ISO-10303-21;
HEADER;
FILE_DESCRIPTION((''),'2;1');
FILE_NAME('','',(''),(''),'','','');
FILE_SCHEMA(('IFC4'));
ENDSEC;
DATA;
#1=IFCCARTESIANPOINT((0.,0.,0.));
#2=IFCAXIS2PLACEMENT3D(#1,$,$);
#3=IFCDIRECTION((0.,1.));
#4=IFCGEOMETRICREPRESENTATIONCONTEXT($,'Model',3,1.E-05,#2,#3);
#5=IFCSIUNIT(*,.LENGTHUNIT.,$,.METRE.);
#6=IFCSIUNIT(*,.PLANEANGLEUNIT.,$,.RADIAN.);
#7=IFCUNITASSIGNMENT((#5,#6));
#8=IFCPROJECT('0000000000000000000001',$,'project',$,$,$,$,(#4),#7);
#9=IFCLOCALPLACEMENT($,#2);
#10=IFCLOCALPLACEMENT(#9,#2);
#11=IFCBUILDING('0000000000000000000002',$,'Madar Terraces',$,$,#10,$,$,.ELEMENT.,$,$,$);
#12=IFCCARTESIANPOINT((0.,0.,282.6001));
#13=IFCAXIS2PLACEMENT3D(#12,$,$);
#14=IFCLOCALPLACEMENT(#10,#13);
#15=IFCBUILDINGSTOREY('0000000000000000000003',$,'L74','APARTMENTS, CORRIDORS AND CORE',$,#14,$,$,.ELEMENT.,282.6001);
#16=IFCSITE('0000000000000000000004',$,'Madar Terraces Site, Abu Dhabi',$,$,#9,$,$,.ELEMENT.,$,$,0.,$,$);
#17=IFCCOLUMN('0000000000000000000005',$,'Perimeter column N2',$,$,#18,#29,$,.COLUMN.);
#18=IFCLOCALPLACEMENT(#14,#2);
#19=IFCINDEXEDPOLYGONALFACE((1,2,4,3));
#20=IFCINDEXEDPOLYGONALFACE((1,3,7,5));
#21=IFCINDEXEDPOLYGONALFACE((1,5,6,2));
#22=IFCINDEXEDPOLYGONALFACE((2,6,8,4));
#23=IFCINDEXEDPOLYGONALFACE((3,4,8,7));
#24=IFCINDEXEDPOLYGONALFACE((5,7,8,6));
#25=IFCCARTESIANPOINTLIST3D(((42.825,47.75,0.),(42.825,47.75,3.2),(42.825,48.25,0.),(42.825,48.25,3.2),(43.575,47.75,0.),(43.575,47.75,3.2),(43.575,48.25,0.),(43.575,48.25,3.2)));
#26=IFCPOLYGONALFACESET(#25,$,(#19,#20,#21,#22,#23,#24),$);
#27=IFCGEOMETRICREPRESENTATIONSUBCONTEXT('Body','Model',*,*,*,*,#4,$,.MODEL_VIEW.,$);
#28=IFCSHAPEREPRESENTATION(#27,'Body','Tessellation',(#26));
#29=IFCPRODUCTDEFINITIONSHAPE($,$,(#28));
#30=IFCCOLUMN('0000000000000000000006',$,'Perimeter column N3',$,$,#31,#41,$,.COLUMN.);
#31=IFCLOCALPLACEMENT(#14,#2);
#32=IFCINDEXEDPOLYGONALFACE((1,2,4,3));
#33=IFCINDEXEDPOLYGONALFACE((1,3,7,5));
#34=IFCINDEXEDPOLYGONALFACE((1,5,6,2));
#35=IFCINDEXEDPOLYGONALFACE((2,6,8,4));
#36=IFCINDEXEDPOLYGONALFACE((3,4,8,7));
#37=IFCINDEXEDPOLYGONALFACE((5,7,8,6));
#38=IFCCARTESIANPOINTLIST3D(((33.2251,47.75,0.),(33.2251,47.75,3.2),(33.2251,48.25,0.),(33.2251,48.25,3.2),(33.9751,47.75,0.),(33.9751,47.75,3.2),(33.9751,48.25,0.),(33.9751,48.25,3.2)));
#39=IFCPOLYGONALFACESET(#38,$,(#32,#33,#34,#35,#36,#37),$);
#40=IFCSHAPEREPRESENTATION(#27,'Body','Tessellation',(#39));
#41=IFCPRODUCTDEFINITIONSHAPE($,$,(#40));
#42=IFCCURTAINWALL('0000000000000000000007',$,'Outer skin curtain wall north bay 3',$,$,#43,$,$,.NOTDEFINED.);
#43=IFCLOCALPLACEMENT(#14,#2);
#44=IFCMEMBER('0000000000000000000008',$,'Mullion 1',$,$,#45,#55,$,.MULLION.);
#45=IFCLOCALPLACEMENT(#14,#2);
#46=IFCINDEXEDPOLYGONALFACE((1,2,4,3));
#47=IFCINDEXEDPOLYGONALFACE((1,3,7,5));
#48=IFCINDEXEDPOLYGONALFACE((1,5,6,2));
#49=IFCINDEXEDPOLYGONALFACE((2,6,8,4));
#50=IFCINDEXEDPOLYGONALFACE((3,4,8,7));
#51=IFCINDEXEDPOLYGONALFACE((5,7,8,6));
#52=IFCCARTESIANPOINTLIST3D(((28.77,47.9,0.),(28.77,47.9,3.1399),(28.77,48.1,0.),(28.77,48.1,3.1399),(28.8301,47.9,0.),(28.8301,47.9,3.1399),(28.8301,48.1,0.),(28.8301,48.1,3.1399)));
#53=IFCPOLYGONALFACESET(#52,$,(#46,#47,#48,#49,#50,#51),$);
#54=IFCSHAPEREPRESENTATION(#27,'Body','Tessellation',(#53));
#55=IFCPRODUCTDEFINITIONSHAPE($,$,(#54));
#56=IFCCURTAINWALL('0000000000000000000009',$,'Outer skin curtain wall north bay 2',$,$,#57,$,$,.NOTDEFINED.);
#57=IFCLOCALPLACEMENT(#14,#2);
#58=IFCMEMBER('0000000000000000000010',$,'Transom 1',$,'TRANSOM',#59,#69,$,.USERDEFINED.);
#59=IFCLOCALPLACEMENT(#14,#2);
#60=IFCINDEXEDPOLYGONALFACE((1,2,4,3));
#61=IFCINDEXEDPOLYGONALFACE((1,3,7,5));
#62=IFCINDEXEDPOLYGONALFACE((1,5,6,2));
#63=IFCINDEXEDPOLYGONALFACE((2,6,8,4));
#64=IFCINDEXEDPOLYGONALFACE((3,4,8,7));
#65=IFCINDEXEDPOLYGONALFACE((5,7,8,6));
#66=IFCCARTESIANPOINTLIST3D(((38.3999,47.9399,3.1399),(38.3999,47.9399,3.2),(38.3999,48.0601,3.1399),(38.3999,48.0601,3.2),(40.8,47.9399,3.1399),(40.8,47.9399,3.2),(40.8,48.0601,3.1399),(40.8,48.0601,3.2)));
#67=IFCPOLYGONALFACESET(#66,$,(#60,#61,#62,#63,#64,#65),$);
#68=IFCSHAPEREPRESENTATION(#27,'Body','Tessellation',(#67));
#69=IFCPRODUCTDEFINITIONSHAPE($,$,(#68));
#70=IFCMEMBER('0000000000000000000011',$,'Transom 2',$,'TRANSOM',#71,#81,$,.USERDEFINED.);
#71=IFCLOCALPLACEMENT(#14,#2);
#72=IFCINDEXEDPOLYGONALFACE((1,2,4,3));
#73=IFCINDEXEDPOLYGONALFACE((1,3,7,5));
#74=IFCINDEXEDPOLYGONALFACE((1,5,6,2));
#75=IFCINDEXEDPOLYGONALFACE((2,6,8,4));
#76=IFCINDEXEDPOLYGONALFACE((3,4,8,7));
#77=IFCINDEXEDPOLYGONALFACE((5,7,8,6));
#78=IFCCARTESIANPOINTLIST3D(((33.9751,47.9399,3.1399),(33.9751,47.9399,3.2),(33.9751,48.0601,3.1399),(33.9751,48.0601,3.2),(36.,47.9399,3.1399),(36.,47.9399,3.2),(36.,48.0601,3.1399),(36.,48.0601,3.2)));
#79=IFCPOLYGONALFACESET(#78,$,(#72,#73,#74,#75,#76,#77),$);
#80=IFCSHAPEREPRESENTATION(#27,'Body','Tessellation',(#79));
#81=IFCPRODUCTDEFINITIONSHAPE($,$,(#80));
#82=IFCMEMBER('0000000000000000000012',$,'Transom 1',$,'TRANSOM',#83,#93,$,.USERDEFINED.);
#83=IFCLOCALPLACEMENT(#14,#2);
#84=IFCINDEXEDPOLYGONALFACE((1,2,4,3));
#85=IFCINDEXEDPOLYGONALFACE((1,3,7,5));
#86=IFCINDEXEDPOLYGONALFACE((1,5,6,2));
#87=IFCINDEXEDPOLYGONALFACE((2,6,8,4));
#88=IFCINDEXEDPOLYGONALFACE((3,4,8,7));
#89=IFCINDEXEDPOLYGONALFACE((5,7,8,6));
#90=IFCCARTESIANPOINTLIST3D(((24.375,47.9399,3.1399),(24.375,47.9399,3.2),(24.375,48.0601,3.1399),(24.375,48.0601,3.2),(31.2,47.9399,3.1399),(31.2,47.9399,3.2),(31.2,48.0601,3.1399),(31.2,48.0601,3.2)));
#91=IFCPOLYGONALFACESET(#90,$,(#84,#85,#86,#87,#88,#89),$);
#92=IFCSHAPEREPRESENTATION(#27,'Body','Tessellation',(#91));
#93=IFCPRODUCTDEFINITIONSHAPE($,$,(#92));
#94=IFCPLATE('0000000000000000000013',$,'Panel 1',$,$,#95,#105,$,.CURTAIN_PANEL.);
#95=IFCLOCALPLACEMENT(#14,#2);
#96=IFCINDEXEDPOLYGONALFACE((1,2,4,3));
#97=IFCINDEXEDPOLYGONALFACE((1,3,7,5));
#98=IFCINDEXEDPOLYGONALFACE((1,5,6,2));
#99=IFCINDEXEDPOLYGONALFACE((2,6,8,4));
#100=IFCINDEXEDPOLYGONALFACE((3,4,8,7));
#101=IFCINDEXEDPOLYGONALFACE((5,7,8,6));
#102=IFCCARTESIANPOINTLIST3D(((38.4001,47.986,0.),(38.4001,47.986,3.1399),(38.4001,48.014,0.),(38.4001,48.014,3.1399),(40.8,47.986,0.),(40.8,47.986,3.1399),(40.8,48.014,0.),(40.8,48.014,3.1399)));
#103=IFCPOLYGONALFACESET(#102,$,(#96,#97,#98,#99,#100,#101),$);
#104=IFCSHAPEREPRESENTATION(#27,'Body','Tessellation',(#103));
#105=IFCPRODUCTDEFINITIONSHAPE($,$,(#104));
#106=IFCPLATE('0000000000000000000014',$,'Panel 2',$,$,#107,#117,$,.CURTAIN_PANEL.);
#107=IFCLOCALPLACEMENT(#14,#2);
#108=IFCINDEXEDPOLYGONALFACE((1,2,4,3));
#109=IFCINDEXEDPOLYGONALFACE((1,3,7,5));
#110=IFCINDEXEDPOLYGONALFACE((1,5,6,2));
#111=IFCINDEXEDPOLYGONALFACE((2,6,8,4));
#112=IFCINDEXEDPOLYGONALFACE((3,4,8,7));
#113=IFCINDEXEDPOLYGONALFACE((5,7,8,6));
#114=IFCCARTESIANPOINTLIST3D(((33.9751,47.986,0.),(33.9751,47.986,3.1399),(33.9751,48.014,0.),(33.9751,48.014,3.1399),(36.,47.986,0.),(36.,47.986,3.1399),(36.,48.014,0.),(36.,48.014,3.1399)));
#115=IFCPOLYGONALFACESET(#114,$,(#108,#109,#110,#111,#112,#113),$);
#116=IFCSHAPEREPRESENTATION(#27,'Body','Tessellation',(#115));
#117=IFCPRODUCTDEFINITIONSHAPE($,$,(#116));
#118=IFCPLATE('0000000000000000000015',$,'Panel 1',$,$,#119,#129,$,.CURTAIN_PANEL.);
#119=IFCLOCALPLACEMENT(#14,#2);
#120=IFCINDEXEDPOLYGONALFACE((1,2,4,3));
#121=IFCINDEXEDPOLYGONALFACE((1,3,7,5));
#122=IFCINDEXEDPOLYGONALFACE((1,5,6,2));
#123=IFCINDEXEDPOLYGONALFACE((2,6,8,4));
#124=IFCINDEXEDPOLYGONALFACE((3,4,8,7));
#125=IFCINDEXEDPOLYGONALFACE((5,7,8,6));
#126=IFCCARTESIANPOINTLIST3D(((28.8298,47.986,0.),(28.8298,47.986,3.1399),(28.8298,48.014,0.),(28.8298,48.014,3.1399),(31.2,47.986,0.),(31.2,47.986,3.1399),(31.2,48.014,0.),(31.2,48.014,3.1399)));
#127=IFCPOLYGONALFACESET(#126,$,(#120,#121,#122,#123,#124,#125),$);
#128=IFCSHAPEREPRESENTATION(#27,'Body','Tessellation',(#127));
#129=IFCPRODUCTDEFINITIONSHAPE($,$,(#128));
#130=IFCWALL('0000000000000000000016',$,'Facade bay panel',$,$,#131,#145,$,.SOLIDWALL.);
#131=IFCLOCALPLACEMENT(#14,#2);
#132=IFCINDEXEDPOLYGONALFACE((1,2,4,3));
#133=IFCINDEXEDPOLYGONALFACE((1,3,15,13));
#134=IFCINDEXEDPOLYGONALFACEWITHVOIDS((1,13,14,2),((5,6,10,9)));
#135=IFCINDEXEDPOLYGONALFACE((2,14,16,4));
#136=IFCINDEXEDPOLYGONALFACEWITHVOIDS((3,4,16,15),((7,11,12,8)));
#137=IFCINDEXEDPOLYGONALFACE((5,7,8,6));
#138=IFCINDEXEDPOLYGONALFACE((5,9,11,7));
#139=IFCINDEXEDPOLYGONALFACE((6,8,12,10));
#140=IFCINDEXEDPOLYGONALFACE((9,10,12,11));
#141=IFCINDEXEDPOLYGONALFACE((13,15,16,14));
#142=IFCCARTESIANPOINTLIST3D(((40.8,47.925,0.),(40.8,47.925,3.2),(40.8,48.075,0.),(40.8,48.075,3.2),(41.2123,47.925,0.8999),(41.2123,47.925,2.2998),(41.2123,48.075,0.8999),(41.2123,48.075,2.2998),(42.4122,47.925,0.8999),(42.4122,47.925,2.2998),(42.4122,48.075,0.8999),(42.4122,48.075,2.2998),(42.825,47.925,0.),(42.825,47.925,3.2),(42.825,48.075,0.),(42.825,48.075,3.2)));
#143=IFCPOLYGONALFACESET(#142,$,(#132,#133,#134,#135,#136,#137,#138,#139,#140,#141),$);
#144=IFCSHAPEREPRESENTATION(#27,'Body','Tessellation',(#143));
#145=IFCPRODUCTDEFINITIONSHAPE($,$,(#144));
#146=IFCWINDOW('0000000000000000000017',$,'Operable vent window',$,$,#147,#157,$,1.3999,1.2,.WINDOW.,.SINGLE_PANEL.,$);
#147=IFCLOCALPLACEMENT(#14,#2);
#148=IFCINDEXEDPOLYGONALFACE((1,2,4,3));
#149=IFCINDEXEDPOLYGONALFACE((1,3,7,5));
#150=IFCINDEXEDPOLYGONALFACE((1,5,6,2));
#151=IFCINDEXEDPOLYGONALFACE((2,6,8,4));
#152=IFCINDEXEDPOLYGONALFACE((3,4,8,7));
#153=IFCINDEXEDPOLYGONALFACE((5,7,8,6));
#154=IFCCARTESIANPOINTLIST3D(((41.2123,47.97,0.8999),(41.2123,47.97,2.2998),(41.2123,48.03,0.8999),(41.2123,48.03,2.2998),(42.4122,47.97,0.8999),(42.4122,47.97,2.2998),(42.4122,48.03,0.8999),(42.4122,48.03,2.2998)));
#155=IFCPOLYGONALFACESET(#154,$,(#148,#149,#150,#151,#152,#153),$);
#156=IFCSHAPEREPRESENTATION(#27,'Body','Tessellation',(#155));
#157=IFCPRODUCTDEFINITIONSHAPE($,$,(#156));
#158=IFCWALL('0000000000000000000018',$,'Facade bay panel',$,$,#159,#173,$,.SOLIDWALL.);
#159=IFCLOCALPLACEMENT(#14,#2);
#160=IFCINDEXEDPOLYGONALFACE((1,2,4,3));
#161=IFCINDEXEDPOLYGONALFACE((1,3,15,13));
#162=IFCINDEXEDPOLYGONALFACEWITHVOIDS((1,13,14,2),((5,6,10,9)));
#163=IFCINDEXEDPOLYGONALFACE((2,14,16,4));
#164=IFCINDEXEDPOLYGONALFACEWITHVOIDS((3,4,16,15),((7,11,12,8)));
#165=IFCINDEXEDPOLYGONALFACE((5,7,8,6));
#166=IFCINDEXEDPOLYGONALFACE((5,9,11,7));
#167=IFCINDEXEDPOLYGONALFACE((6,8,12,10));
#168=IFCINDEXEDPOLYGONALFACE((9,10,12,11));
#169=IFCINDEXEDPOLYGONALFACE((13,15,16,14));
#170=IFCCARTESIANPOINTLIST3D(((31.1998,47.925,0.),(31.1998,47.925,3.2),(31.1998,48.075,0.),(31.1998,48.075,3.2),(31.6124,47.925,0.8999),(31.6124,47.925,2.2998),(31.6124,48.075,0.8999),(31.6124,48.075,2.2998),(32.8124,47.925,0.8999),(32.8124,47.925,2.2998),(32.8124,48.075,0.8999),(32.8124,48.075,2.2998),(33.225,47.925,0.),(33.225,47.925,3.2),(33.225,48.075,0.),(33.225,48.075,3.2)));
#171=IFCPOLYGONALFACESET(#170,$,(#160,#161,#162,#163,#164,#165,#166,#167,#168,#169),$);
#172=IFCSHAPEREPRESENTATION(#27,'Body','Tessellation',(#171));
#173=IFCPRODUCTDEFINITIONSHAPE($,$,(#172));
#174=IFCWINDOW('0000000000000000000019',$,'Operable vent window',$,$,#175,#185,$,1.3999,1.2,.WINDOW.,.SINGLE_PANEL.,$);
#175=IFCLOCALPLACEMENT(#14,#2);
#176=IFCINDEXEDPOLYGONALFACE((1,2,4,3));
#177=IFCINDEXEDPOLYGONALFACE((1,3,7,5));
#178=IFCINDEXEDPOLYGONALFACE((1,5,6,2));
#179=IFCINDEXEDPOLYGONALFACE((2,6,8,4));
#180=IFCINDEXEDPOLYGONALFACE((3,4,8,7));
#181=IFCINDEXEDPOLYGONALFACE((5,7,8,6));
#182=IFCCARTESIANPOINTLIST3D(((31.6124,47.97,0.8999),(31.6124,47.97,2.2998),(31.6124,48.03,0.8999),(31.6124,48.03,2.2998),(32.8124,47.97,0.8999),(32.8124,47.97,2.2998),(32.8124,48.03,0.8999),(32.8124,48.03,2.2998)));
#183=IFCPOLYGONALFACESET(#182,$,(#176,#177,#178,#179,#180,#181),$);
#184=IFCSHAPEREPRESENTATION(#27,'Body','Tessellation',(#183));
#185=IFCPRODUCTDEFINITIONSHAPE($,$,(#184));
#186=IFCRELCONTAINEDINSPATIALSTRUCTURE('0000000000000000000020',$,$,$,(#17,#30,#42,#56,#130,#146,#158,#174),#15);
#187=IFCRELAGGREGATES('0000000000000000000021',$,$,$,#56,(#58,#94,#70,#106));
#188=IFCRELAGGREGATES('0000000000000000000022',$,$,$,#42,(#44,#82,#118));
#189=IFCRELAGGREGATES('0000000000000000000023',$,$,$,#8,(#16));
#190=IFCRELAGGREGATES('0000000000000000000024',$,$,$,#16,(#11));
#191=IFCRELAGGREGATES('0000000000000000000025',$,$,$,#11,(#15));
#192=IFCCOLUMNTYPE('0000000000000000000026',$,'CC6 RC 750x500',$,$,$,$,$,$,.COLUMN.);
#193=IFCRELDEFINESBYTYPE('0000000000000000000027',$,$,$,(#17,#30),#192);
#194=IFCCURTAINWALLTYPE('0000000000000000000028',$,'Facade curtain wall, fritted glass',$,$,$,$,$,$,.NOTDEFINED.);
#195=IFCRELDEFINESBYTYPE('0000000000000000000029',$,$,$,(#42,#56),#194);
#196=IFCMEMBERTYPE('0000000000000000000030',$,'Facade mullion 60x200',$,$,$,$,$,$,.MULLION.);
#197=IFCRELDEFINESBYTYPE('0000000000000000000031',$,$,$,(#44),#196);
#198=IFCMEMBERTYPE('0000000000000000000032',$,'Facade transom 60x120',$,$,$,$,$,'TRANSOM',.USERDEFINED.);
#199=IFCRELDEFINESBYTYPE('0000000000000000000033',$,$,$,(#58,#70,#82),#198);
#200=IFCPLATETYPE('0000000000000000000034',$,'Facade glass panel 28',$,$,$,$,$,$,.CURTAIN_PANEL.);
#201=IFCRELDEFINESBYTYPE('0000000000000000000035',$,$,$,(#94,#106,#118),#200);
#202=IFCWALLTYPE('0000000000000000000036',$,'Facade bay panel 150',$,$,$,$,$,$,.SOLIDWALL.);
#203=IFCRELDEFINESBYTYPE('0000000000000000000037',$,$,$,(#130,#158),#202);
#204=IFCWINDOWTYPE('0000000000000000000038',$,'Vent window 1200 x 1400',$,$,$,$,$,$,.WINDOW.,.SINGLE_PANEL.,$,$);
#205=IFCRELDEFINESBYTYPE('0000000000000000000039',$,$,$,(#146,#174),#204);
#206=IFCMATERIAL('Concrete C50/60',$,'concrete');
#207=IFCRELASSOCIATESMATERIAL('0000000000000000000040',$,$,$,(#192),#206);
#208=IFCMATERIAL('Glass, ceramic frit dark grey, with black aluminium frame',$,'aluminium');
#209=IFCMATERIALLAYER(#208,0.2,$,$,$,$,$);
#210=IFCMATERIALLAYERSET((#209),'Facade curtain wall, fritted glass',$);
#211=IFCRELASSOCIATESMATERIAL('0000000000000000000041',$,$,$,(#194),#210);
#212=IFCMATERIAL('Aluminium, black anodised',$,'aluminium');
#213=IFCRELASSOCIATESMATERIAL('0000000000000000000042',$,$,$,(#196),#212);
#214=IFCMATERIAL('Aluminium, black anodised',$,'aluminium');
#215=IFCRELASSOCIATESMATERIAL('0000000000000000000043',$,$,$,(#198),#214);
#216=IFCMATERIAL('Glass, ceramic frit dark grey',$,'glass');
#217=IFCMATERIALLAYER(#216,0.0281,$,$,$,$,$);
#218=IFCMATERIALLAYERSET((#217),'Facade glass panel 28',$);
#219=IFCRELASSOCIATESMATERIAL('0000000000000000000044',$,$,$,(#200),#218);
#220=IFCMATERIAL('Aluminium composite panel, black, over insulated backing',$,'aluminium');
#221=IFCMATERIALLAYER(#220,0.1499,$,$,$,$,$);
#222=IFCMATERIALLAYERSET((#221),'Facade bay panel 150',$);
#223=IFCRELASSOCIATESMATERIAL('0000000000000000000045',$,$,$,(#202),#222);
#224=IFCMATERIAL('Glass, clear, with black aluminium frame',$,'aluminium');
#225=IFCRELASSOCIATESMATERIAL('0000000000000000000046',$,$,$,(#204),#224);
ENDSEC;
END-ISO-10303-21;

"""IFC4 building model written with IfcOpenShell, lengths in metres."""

from ifc_helpers import new_model, si_unit, direction, frame, frame_2d, origin, origin_2d, place, context, subcontext, project, spatial, rectangle, extrude, material, layer, layer_set, material_profile, profile_set, type_object, element, fill, aggregate, save


model = new_model("IFC4")

# Units and contexts
model_context = context("Model", 3, precision=1e-05, world=origin(), true_north=direction((0.0, 1.0)))
body_context = subcontext(model_context, "Body", "Model", "MODEL_VIEW")
ifc_project = project(units=[si_unit("LENGTHUNIT", "METRE"), si_unit("PLANEANGLEUNIT", "RADIAN")], contexts=[model_context])

# Site, building, storey
site_placement = place(None, origin())
site = spatial("IfcSite", under=ifc_project, at=site_placement, Name="Madar Terraces Site, Abu Dhabi", CompositionType="ELEMENT", RefElevation=0.0)
building_placement = place(site_placement, origin())
building = spatial("IfcBuilding", under=site, at=building_placement, Name="Madar Terraces", CompositionType="ELEMENT")
storey_placement = place(building_placement, frame((0.0, 0.0, 282.6001)))
storey = spatial("IfcBuildingStorey", under=building, at=storey_placement, Name="L74", Description="APARTMENTS, CORRIDORS AND CORE", CompositionType="ELEMENT", Elevation=282.6001)

# Columns
ifc_material_1 = material(Name="Concrete C50/60", Category="concrete")
ifc_material_profile_1 = material_profile(ifc_material_1, rectangle(XDim=0.75, YDim=0.5, at=origin_2d()), Name="CC6 RC 750x500")
ifc_profile_set_1 = profile_set([ifc_material_profile_1], Name="Concrete C50/60")
column_type = type_object("IfcColumnType", Name="CC6 RC 750x500", PredefinedType="COLUMN", material=ifc_profile_set_1)
for number, where, z_axis, x_axis, name in (
    (1, (43.2, 48.0, 0.0), (0.0, 0.0, 1.0), (1.0, 0.0, 0.0), "Perimeter column N2"),
    (2, (33.6001, 48.0, 0.0), (0.0, 0.0, 1.0), (1.0, 0.0, 0.0), "Perimeter column N3"),
):
    element("IfcColumn", number, at=place(storey_placement, frame(where, z_axis=z_axis, x_axis=x_axis)), inside=storey, type_object=column_type, Name=name, PredefinedType="COLUMN", context=body_context, shape_type="SweptSolid", body=[
        extrude(rectangle(XDim=0.75, YDim=0.5, at=origin_2d()), origin(), (0.0, 0.0, 1.0), 3.2),
    ])

# Curtain wall, member
ifc_material_2 = material(Name="Glass, ceramic frit dark grey, with black aluminium frame", Category="aluminium")
ifc_layer_1 = layer(ifc_material_2, 0.2)
ifc_layer_set_1 = layer_set([ifc_layer_1], Name="Facade curtain wall, fritted glass")
curtain_wall_type = type_object("IfcCurtainWallType", Name="Facade curtain wall, fritted glass", PredefinedType="NOTDEFINED", material=ifc_layer_set_1)
curtain_wall_1_placement = place(storey_placement, origin())
curtain_wall_1 = element("IfcCurtainWall", 3, at=curtain_wall_1_placement, inside=storey, type_object=curtain_wall_type, Name="Outer skin curtain wall north bay 3", PredefinedType="NOTDEFINED")
ifc_material_3 = material(Name="Aluminium, black anodised", Category="aluminium")
ifc_material_profile_2 = material_profile(ifc_material_3, rectangle(XDim=0.2, YDim=0.0601, at=origin_2d()), Name="Facade mullion 60x200")
ifc_profile_set_2 = profile_set([ifc_material_profile_2], Name="Aluminium, black anodised")
member_type_1 = type_object("IfcMemberType", Name="Facade mullion 60x200", PredefinedType="MULLION", material=ifc_profile_set_2)
member_1_placement = place(storey_placement, frame((28.8, 48.0, 0.0), z_axis=(0.0, 0.0, 1.0), x_axis=(0.0, -1.0, 0.0)))
member_1 = element("IfcMember", 4, at=member_1_placement, type_object=member_type_1, Name="Mullion 1", PredefinedType="MULLION", context=body_context, shape_type="SweptSolid", body=[
    extrude(rectangle(XDim=0.2, YDim=0.0601, at=origin_2d()), origin(), (0.0, 0.0, 1.0), 3.1399),
])

# Curtain wall, members
curtain_wall_2_placement = place(storey_placement, origin())
curtain_wall_2 = element("IfcCurtainWall", 5, at=curtain_wall_2_placement, inside=storey, type_object=curtain_wall_type, Name="Outer skin curtain wall north bay 2", PredefinedType="NOTDEFINED")
ifc_material_4 = material(Name="Aluminium, black anodised", Category="aluminium")
ifc_material_profile_3 = material_profile(ifc_material_4, rectangle(XDim=0.1201, YDim=0.0601, at=origin_2d()), Name="Facade transom 60x120")
ifc_profile_set_3 = profile_set([ifc_material_profile_3], Name="Aluminium, black anodised")
member_type_2 = type_object("IfcMemberType", Name="Facade transom 60x120", ElementType="TRANSOM", PredefinedType="USERDEFINED", material=ifc_profile_set_3)
member_2_placement = place(storey_placement, frame((40.8, 48.0, 3.1699), z_axis=(-1.0, 0.0, 0.0), x_axis=(0.0, -1.0, 0.0)))
member_2 = element("IfcMember", 6, at=member_2_placement, type_object=member_type_2, Name="Transom 1", ObjectType="TRANSOM", PredefinedType="USERDEFINED", context=body_context, shape_type="SweptSolid", body=[
    extrude(rectangle(XDim=0.1201, YDim=0.0601, at=origin_2d()), origin(), (0.0, 0.0, 1.0), 2.4001),
])
member_3_placement = place(storey_placement, frame((36.0, 48.0, 3.1699), z_axis=(-1.0, 0.0, 0.0), x_axis=(0.0, -1.0, 0.0)))
member_3 = element("IfcMember", 7, at=member_3_placement, type_object=member_type_2, Name="Transom 2", ObjectType="TRANSOM", PredefinedType="USERDEFINED", context=body_context, shape_type="SweptSolid", body=[
    extrude(rectangle(XDim=0.1201, YDim=0.0601, at=origin_2d()), origin(), (0.0, 0.0, 1.0), 2.0249),
])

# Member
member_4_placement = place(storey_placement, frame((31.2, 48.0, 3.1699), z_axis=(-1.0, 0.0, 0.0), x_axis=(0.0, -1.0, 0.0)))
member_4 = element("IfcMember", 8, at=member_4_placement, type_object=member_type_2, Name="Transom 1", ObjectType="TRANSOM", PredefinedType="USERDEFINED", context=body_context, shape_type="SweptSolid", body=[
    extrude(rectangle(XDim=0.1201, YDim=0.0601, at=origin_2d()), origin(), (0.0, 0.0, 1.0), 6.825),
])

# Plates
ifc_material_5 = material(Name="Glass, ceramic frit dark grey", Category="glass")
ifc_layer_2 = layer(ifc_material_5, 0.0281)
ifc_layer_set_2 = layer_set([ifc_layer_2], Name="Facade glass panel 28")
plate_type = type_object("IfcPlateType", Name="Facade glass panel 28", PredefinedType="CURTAIN_PANEL", material=ifc_layer_set_2)
plate_1_placement = place(storey_placement, frame((39.6001, 48.0, 0.0), z_axis=(0.0, 0.0, 1.0), x_axis=(-1.0, 0.0, 0.0)))
plate_1 = element("IfcPlate", 9, at=plate_1_placement, type_object=plate_type, Name="Panel 1", PredefinedType="CURTAIN_PANEL", context=body_context, shape_type="SweptSolid", body=[
    extrude(rectangle(XDim=2.3999, YDim=0.0281, at=origin_2d()), origin(), (0.0, 0.0, 1.0), 3.1399),
])
plate_2_placement = place(storey_placement, frame((34.9875, 48.0, 0.0), z_axis=(0.0, 0.0, 1.0), x_axis=(-1.0, 0.0, 0.0)))
plate_2 = element("IfcPlate", 10, at=plate_2_placement, type_object=plate_type, Name="Panel 2", PredefinedType="CURTAIN_PANEL", context=body_context, shape_type="SweptSolid", body=[
    extrude(rectangle(XDim=2.0249, YDim=0.0281, at=origin_2d()), origin(), (0.0, 0.0, 1.0), 3.1399),
])
aggregate(curtain_wall_2, [member_2, plate_1, member_3, plate_2])
plate_3_placement = place(storey_placement, frame((30.0149, 48.0, 0.0), z_axis=(0.0, 0.0, 1.0), x_axis=(-1.0, 0.0, 0.0)))
plate_3 = element("IfcPlate", 11, at=plate_3_placement, type_object=plate_type, Name="Panel 1", PredefinedType="CURTAIN_PANEL", context=body_context, shape_type="SweptSolid", body=[
    extrude(rectangle(XDim=2.3701, YDim=0.0281, at=origin_2d()), origin(), (0.0, 0.0, 1.0), 3.1399),
])
aggregate(curtain_wall_1, [member_1, member_4, plate_3])

# Wall, opening, window
ifc_material_6 = material(Name="Aluminium composite panel, black, over insulated backing", Category="aluminium")
ifc_layer_3 = layer(ifc_material_6, 0.1499)
ifc_layer_set_3 = layer_set([ifc_layer_3], Name="Facade bay panel 150")
wall_type_1 = type_object("IfcWallType", Name="Facade bay panel 150", PredefinedType="SOLIDWALL", material=ifc_layer_set_3)
wall_1_placement = place(storey_placement, frame((42.825, 48.0, 0.0), z_axis=(0.0, 0.0, 1.0), x_axis=(-1.0, 0.0, 0.0)))
wall_1 = element("IfcWall", 12, at=wall_1_placement, inside=storey, type_object=wall_type_1, Name="Facade bay panel", PredefinedType="SOLIDWALL", context=body_context, shape_type="SweptSolid", body=[
    extrude(rectangle(XDim=2.0249, YDim=0.1499, at=frame_2d((1.0125, 0.0))), origin(), (0.0, 0.0, 1.0), 3.2),
])
opening_1_placement = place(wall_1_placement, frame((0.4126, 0.0, 0.8999)))
opening_1 = element("IfcOpeningElement", 13, at=opening_1_placement, cuts=wall_1, PredefinedType="OPENING", context=body_context, shape_type="SweptSolid", body=[
    extrude(rectangle(XDim=1.2, YDim=1.3999, at=frame_2d((0.6001, 0.7))), frame((0.0, 0.085, 0.0), z_axis=(0.0, -1.0, 0.0), x_axis=(1.0, 0.0, 0.0)), (0.0, 0.0, 1.0), 0.1699),
])
ifc_material_7 = material(Name="Glass, clear, with black aluminium frame", Category="aluminium")
window_type = type_object("IfcWindowType", Name="Vent window 1200 x 1400", PartitioningType="SINGLE_PANEL", PredefinedType="WINDOW", material=ifc_material_7)
window_1_placement = place(opening_1_placement, origin())
window_1 = element("IfcWindow", 14, at=window_1_placement, inside=storey, type_object=window_type, Name="Operable vent window", OverallHeight=1.3999, OverallWidth=1.2, PartitioningType="SINGLE_PANEL", PredefinedType="WINDOW", context=body_context, shape_type="SweptSolid", body=[
    extrude(rectangle(XDim=1.2, YDim=1.3999, at=frame_2d((0.6001, 0.7))), frame((0.0, 0.03, 0.0), z_axis=(0.0, -1.0, 0.0), x_axis=(1.0, 0.0, 0.0)), (0.0, 0.0, 1.0), 0.0601),
])
fill(opening_1, window_1)

# Wall, opening, window
wall_2_placement = place(storey_placement, frame((33.2251, 48.0, 0.0), z_axis=(0.0, 0.0, 1.0), x_axis=(-1.0, 0.0, 0.0)))
wall_2 = element("IfcWall", 15, at=wall_2_placement, inside=storey, type_object=wall_type_1, Name="Facade bay panel", PredefinedType="SOLIDWALL", context=body_context, shape_type="SweptSolid", body=[
    extrude(rectangle(XDim=2.0251, YDim=0.1499, at=frame_2d((1.0127, 0.0))), origin(), (0.0, 0.0, 1.0), 3.2),
])
opening_2_placement = place(wall_2_placement, frame((0.4126, 0.0, 0.8999)))
opening_2 = element("IfcOpeningElement", 16, at=opening_2_placement, cuts=wall_2, PredefinedType="OPENING", context=body_context, shape_type="SweptSolid", body=[
    extrude(rectangle(XDim=1.2, YDim=1.3999, at=frame_2d((0.6001, 0.7))), frame((0.0, 0.085, 0.0), z_axis=(0.0, -1.0, 0.0), x_axis=(1.0, 0.0, 0.0)), (0.0, 0.0, 1.0), 0.1699),
])
window_2_placement = place(opening_2_placement, origin())
window_2 = element("IfcWindow", 17, at=window_2_placement, inside=storey, type_object=window_type, Name="Operable vent window", OverallHeight=1.3999, OverallWidth=1.2, PartitioningType="SINGLE_PANEL", PredefinedType="WINDOW", context=body_context, shape_type="SweptSolid", body=[
    extrude(rectangle(XDim=1.2, YDim=1.3999, at=frame_2d((0.6001, 0.7))), frame((0.0, 0.03, 0.0), z_axis=(0.0, -1.0, 0.0), x_axis=(1.0, 0.0, 0.0)), (0.0, 0.0, 1.0), 0.0601),
])
fill(opening_2, window_2)

save(model, "model.ifc")
